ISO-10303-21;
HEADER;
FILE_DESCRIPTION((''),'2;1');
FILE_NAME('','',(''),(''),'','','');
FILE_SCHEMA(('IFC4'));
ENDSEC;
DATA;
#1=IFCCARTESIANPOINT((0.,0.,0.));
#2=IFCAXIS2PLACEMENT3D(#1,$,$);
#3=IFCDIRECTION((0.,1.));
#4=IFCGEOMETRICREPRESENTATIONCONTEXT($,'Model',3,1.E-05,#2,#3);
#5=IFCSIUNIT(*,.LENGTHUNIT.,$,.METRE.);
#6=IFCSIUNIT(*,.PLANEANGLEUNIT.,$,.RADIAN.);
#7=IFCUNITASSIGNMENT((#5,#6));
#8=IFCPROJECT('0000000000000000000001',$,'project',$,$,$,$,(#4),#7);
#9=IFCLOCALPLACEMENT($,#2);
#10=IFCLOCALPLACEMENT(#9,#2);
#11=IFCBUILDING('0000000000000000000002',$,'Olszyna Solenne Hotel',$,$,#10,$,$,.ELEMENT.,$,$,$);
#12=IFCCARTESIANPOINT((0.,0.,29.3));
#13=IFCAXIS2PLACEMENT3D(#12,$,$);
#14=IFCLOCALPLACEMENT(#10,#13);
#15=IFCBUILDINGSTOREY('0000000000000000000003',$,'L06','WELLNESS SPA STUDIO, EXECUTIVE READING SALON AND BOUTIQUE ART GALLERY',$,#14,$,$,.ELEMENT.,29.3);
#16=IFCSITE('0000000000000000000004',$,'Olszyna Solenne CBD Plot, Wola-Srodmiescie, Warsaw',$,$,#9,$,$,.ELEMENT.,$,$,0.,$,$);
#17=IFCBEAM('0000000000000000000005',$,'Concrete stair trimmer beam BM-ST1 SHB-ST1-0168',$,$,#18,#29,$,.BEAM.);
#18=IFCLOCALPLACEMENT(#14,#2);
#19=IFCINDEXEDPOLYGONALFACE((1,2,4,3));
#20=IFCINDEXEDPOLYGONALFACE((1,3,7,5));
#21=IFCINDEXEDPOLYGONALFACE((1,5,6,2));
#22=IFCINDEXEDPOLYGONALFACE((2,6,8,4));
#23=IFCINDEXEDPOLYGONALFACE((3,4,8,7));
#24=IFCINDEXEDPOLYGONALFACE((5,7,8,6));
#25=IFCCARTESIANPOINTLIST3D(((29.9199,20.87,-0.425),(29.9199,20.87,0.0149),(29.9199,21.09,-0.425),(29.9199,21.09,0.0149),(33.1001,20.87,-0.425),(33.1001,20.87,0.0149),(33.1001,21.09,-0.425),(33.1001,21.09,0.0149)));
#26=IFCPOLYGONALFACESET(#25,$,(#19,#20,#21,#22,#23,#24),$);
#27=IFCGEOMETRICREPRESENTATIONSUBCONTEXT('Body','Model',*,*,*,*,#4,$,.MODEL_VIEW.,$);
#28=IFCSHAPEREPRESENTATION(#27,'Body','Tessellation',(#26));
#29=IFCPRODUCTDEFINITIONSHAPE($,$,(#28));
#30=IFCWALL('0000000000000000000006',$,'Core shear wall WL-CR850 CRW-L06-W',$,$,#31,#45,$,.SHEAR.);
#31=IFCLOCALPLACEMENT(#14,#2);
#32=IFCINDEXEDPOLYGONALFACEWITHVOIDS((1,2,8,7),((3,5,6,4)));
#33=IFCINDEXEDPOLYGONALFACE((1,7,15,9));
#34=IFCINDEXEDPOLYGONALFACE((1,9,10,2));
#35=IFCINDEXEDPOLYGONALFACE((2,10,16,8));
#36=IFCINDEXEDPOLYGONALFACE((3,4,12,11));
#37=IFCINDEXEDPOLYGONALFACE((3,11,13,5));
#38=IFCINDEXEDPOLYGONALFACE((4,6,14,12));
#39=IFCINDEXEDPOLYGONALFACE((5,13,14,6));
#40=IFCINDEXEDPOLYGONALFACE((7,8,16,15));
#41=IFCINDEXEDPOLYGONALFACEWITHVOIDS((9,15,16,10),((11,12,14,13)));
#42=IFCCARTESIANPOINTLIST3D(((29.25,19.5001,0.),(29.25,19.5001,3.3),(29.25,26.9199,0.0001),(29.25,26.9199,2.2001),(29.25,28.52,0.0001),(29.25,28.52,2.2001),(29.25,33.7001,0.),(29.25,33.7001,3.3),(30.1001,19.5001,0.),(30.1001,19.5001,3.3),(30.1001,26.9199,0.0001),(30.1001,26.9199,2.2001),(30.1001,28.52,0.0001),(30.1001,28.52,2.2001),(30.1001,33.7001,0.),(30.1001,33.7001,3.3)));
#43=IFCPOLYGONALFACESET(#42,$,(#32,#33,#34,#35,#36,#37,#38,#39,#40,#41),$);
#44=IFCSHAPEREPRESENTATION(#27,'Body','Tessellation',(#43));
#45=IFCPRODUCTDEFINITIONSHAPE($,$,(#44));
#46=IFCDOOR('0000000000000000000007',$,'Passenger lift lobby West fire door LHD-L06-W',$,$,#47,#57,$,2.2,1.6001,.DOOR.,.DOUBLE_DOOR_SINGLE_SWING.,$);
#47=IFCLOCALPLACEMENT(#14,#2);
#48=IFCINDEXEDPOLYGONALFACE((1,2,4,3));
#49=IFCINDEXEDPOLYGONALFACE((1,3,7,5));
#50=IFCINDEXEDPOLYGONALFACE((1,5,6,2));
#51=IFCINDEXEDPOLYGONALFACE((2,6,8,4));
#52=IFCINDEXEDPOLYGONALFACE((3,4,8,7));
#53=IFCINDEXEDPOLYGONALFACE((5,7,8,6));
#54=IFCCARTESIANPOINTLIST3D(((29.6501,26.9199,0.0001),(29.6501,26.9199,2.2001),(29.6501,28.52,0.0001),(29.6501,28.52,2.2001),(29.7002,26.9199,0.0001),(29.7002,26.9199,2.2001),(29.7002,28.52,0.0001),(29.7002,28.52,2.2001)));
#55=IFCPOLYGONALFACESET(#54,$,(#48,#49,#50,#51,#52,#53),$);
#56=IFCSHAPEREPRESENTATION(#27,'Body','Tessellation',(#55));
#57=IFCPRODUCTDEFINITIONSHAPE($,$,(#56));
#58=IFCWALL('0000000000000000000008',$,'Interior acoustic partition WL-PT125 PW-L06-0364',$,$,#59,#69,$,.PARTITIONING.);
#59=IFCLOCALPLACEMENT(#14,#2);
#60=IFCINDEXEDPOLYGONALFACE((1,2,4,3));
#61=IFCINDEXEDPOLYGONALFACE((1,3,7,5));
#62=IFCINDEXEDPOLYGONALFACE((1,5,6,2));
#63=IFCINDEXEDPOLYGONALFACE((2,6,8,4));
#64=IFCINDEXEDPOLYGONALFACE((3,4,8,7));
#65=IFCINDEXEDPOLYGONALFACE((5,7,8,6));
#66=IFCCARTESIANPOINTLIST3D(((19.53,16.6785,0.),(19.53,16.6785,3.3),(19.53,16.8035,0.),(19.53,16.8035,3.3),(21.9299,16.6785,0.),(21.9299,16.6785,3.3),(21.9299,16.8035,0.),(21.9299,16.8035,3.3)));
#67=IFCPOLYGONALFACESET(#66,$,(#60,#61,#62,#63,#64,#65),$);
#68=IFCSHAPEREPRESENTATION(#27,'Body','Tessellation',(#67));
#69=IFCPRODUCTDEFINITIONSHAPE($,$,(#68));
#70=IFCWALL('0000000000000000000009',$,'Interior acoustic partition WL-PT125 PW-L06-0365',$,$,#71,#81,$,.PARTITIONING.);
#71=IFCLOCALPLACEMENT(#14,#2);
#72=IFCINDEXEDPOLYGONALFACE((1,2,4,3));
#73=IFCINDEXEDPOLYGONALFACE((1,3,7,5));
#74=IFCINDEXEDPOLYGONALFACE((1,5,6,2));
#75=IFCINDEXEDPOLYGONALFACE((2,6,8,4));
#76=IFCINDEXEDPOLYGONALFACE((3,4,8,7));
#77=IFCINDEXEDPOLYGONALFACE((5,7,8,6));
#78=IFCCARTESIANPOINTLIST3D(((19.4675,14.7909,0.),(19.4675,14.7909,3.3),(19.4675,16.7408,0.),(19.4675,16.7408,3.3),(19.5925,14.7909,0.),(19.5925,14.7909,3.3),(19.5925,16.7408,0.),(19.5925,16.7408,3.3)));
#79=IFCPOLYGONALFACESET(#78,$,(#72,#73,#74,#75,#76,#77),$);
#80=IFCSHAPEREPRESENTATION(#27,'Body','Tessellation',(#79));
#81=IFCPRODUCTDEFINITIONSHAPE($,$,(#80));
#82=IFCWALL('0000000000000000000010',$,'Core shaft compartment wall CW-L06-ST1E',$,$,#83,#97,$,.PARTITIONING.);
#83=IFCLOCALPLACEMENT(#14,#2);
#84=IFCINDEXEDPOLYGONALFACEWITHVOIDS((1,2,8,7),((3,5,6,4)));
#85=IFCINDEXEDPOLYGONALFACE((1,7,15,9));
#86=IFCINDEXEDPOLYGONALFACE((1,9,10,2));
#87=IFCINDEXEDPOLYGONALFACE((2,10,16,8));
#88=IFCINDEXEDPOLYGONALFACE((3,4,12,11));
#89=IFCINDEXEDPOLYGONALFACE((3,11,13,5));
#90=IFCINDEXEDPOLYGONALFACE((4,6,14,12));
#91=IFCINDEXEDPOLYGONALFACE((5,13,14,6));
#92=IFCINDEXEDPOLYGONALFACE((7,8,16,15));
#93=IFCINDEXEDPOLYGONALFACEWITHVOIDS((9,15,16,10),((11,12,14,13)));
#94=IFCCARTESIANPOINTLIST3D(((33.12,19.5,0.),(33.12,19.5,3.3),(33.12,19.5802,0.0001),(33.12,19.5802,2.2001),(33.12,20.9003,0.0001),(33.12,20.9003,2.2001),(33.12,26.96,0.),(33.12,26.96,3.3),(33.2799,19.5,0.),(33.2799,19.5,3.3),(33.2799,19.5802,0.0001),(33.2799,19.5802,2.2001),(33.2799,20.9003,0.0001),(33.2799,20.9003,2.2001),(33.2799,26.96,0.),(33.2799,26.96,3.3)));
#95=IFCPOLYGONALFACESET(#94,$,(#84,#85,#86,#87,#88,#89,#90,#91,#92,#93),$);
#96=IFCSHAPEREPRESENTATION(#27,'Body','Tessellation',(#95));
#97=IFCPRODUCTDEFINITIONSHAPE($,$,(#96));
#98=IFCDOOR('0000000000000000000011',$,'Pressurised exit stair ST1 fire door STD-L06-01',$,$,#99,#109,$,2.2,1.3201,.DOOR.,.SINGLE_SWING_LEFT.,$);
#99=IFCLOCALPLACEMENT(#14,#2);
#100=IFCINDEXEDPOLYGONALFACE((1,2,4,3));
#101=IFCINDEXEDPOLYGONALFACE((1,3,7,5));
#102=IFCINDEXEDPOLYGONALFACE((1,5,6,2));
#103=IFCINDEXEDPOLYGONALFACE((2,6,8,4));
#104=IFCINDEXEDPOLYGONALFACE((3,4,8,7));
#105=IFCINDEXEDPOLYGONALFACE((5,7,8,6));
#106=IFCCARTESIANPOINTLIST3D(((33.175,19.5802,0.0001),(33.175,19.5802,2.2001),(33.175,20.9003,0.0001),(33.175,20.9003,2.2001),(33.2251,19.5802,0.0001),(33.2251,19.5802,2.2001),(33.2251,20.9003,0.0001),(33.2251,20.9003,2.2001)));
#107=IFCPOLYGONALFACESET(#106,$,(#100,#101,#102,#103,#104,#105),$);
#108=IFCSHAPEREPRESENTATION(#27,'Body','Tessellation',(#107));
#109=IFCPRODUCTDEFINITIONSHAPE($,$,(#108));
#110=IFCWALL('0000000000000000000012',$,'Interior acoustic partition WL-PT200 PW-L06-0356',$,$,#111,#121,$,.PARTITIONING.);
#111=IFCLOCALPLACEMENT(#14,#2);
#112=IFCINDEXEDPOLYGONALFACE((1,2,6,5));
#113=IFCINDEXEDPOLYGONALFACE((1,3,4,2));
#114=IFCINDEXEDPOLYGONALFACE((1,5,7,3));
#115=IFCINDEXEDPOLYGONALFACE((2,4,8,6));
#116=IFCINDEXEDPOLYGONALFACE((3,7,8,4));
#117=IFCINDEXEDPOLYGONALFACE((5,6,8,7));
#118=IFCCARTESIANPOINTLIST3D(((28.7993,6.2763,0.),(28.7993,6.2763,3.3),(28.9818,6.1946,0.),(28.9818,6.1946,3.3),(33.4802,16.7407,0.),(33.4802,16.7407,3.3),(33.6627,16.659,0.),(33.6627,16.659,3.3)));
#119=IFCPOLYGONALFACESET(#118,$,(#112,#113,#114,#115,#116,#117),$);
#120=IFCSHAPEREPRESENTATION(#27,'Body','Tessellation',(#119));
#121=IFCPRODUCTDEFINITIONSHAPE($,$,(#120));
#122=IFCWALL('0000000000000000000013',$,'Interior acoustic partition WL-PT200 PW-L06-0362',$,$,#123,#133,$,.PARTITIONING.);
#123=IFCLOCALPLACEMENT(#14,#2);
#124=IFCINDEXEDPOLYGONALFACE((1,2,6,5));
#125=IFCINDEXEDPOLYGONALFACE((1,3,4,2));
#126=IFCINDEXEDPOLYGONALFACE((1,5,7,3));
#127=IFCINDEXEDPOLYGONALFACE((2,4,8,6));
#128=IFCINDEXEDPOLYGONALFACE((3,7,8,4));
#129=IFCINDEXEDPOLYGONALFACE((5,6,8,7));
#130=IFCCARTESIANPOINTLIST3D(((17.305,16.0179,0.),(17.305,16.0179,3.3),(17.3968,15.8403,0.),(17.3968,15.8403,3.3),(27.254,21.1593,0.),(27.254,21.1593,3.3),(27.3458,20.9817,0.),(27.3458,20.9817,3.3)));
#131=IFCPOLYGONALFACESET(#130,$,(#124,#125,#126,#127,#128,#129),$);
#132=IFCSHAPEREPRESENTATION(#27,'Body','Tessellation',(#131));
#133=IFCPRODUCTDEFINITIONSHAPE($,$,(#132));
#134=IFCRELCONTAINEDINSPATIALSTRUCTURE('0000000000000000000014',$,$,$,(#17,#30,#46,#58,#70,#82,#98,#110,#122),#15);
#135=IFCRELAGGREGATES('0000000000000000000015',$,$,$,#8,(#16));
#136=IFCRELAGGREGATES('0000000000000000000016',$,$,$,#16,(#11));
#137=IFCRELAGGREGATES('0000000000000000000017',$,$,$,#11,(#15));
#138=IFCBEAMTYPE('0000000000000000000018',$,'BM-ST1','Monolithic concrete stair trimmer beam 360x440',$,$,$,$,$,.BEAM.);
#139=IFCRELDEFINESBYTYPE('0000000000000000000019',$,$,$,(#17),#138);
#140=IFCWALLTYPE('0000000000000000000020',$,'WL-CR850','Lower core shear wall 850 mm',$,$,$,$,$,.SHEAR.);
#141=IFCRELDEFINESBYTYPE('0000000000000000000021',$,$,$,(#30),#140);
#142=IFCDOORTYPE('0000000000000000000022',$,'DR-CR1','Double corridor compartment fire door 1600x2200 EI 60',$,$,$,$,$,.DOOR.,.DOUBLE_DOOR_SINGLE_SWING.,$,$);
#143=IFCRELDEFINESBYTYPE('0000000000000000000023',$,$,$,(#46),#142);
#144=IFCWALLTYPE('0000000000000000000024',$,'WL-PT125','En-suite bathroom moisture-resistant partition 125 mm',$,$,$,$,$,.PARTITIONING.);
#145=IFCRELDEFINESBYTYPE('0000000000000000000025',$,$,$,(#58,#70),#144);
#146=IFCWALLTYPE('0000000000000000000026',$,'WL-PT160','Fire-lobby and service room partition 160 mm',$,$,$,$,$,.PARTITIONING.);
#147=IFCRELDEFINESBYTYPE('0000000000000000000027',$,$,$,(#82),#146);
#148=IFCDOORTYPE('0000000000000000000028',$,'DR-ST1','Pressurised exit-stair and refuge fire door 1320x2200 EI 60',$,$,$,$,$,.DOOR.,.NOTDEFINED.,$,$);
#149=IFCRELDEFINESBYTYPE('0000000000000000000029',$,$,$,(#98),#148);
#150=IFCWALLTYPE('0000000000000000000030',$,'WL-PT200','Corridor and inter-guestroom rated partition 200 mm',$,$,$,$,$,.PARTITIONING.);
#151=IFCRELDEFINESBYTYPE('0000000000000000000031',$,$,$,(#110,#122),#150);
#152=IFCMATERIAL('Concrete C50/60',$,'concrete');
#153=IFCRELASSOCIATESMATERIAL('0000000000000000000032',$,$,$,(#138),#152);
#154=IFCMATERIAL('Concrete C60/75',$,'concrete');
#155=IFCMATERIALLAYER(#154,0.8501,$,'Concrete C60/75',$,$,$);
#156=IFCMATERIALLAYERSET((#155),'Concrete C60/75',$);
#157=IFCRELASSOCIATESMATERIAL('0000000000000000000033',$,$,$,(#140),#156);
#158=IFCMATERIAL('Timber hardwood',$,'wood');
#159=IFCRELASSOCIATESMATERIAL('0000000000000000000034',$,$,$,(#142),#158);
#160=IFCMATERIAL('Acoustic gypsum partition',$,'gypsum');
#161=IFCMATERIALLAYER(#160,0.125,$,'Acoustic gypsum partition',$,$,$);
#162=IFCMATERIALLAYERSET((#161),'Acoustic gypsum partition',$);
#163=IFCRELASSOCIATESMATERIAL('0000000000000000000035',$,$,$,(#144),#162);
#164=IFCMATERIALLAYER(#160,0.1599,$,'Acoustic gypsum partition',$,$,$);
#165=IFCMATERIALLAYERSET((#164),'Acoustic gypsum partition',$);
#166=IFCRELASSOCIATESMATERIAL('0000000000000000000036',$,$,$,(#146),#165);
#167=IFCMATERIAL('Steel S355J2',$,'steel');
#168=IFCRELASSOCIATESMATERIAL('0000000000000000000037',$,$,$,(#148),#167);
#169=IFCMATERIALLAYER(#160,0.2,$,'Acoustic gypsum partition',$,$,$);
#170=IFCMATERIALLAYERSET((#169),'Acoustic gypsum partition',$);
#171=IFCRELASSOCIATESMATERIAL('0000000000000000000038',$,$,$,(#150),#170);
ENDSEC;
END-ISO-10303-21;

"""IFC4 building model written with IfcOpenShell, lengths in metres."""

from ifc_helpers import new_model, si_unit, direction, frame, frame_2d, origin, origin_2d, place, context, subcontext, project, spatial, rectangle, extrude, source, transform, mapped, material, layer, layer_set, material_profile, profile_set, type_object, type_shapes, element, fill, save


model = new_model("IFC4")

# Units and contexts
model_context = context("Model", 3, precision=1e-05, world=origin(), true_north=direction((0.0, 1.0)))
body_context = subcontext(model_context, "Body", "Model", "MODEL_VIEW")
ifc_project = project(units=[si_unit("LENGTHUNIT", "METRE"), si_unit("PLANEANGLEUNIT", "RADIAN")], contexts=[model_context])

# Site, building, storey
site_placement = place(None, origin())
site = spatial("IfcSite", under=ifc_project, at=site_placement, Name="Olszyna Solenne CBD Plot, Wola-Srodmiescie, Warsaw", CompositionType="ELEMENT", RefElevation=0.0)
building_placement = place(site_placement, origin())
building = spatial("IfcBuilding", under=site, at=building_placement, Name="Olszyna Solenne Hotel", CompositionType="ELEMENT")
storey_placement = place(building_placement, frame((0.0, 0.0, 29.3)))
storey = spatial("IfcBuildingStorey", under=building, at=storey_placement, Name="L06", Description="WELLNESS SPA STUDIO, EXECUTIVE READING SALON AND BOUTIQUE ART GALLERY", CompositionType="ELEMENT", Elevation=29.3)

# Beam
ifc_material_1 = material(Name="Concrete C50/60", Category="concrete")
ifc_material_profile = material_profile(ifc_material_1, rectangle(XDim=0.22, YDim=0.4399, at=origin_2d()), Name="RC 220x440", Category="load-bearing")
ifc_profile_set = profile_set([ifc_material_profile], Name="Concrete C50/60")
beam_type = type_object("IfcBeamType", Name="BM-ST1", Description="Monolithic concrete stair trimmer beam 360x440", PredefinedType="BEAM", material=ifc_profile_set)
shared_shape_1 = source(origin(), body_context, "Body", "SweptSolid", [
    extrude(rectangle(XDim=0.22, YDim=0.4399, at=origin_2d()), origin(), (0.0, 0.0, 1.0), 3.1802),
])
beam_placement = place(storey_placement, frame((33.1001, 20.98, -0.2051), z_axis=(-1.0, 0.0, 0.0), x_axis=(0.0, -1.0, 0.0)))
element("IfcBeam", 1, at=beam_placement, inside=storey, type_object=beam_type, Name="Concrete stair trimmer beam BM-ST1 SHB-ST1-0168", PredefinedType="BEAM", context=body_context, shape_type="MappedRepresentation", body=[
    mapped(shared_shape_1, transform((0.0, 0.0, 0.0), x_axis=(1.0, 0.0, 0.0), y_axis=(0.0, 1.0, 0.0), z_axis=(0.0, 0.0, 1.0), scale=1.0)),
])

# Wall, opening, door
ifc_material_2 = material(Name="Concrete C60/75", Category="concrete")
ifc_layer_1 = layer(ifc_material_2, 0.8501, Name="Concrete C60/75")
ifc_layer_set_1 = layer_set([ifc_layer_1], Name="Concrete C60/75")
wall_type_1 = type_object("IfcWallType", Name="WL-CR850", Description="Lower core shear wall 850 mm", PredefinedType="SHEAR", material=ifc_layer_set_1)
wall_1_placement = place(storey_placement, frame((29.675, 19.5, 0.0), z_axis=(0.0, 0.0, 1.0), x_axis=(0.0, 1.0, 0.0)))
wall_1 = element("IfcWall", 2, at=wall_1_placement, inside=storey, type_object=wall_type_1, Name="Core shear wall WL-CR850 CRW-L06-W", PredefinedType="SHEAR", context=body_context, shape_type="SweptSolid", body=[
    extrude(rectangle(XDim=14.2, YDim=0.8501, at=frame_2d((7.1001, 0.0))), origin(), (0.0, 0.0, 1.0), 3.3),
])
opening_1_placement = place(wall_1_placement, frame((7.4199, 0.0, 0.0)))
opening_1 = element("IfcOpeningElement", 3, at=opening_1_placement, cuts=wall_1, PredefinedType="OPENING", context=body_context, shape_type="SweptSolid", body=[
    extrude(rectangle(XDim=1.6001, YDim=2.2, at=frame_2d((0.8, 1.1001))), frame((0.0, 0.4351, 0.0), z_axis=(0.0, -1.0, 0.0), x_axis=(1.0, 0.0, 0.0)), (0.0, 0.0, 1.0), 0.8701),
])
ifc_material_3 = material(Name="Timber hardwood", Category="wood")
door_type_1 = type_object("IfcDoorType", Name="DR-CR1", Description="Double corridor compartment fire door 1600x2200 EI 60", OperationType="DOUBLE_DOOR_SINGLE_SWING", PredefinedType="DOOR", material=ifc_material_3)
shared_shape_2 = source(origin(), body_context, "Body", "SweptSolid", [
    extrude(rectangle(XDim=1.6001, YDim=2.2, at=frame_2d((0.8, 1.1001))), frame((0.0, 0.0249, 0.0), z_axis=(0.0, -1.0, 0.0), x_axis=(1.0, 0.0, 0.0)), (0.0, 0.0, 1.0), 0.05),
])
type_shapes(door_type_1, [shared_shape_2])
door_1_placement = place(opening_1_placement, origin())
door_1 = element("IfcDoor", 4, at=door_1_placement, inside=storey, type_object=door_type_1, Name="Passenger lift lobby West fire door LHD-L06-W", OperationType="DOUBLE_DOOR_SINGLE_SWING", OverallHeight=2.2, OverallWidth=1.6001, PredefinedType="DOOR", context=body_context, shape_type="MappedRepresentation", body=[
    mapped(shared_shape_2, transform((0.0, 0.0, 0.0), x_axis=(1.0, 0.0, 0.0), y_axis=(0.0, 1.0, 0.0), z_axis=(0.0, 0.0, 1.0), scale=1.0)),
])
fill(opening_1, door_1)

# Walls
ifc_material_4 = material(Name="Acoustic gypsum partition", Category="gypsum")
ifc_layer_2 = layer(ifc_material_4, 0.125, Name="Acoustic gypsum partition")
ifc_layer_set_2 = layer_set([ifc_layer_2], Name="Acoustic gypsum partition")
wall_type_2 = type_object("IfcWallType", Name="WL-PT125", Description="En-suite bathroom moisture-resistant partition 125 mm", PredefinedType="PARTITIONING", material=ifc_layer_set_2)
wall_2_placement = place(storey_placement, frame((21.9299, 16.741, 0.0), z_axis=(0.0, 0.0, 1.0), x_axis=(-1.0, 0.0, 0.0)))
element("IfcWall", 5, at=wall_2_placement, inside=storey, type_object=wall_type_2, Name="Interior acoustic partition WL-PT125 PW-L06-0364", PredefinedType="PARTITIONING", context=body_context, shape_type="SweptSolid", body=[
    extrude(rectangle(XDim=2.3999, YDim=0.125, at=frame_2d((1.2, 0.0))), origin(), (0.0, 0.0, 1.0), 3.3),
])
wall_3_placement = place(storey_placement, frame((19.53, 16.741, 0.0), z_axis=(0.0, 0.0, 1.0), x_axis=(0.0, -1.0, 0.0)))
element("IfcWall", 6, at=wall_3_placement, inside=storey, type_object=wall_type_2, Name="Interior acoustic partition WL-PT125 PW-L06-0365", PredefinedType="PARTITIONING", context=body_context, shape_type="SweptSolid", body=[
    extrude(rectangle(XDim=1.95, YDim=0.125, at=frame_2d((0.9751, 0.0))), origin(), (0.0, 0.0, 1.0), 3.3),
])

# Wall, opening, door
ifc_layer_3 = layer(ifc_material_4, 0.1599, Name="Acoustic gypsum partition")
ifc_layer_set_3 = layer_set([ifc_layer_3], Name="Acoustic gypsum partition")
wall_type_3 = type_object("IfcWallType", Name="WL-PT160", Description="Fire-lobby and service room partition 160 mm", PredefinedType="PARTITIONING", material=ifc_layer_set_3)
wall_4_placement = place(storey_placement, frame((33.2, 19.5, 0.0), z_axis=(0.0, 0.0, 1.0), x_axis=(0.0, 1.0, 0.0)))
wall_4 = element("IfcWall", 7, at=wall_4_placement, inside=storey, type_object=wall_type_3, Name="Core shaft compartment wall CW-L06-ST1E", PredefinedType="PARTITIONING", context=body_context, shape_type="SweptSolid", body=[
    extrude(rectangle(XDim=7.46, YDim=0.1599, at=frame_2d((3.73, 0.0))), origin(), (0.0, 0.0, 1.0), 3.3),
])
opening_2_placement = place(wall_4_placement, frame((0.0801, 0.0, 0.0)))
opening_2 = element("IfcOpeningElement", 8, at=opening_2_placement, cuts=wall_4, PredefinedType="OPENING", context=body_context, shape_type="SweptSolid", body=[
    extrude(rectangle(XDim=1.3201, YDim=2.2, at=frame_2d((0.6602, 1.1001))), frame((0.0, 0.0898, 0.0), z_axis=(0.0, -1.0, 0.0), x_axis=(1.0, 0.0, 0.0)), (0.0, 0.0, 1.0), 0.1799),
])
ifc_material_5 = material(Name="Steel S355J2", Category="steel")
door_type_2 = type_object("IfcDoorType", Name="DR-ST1", Description="Pressurised exit-stair and refuge fire door 1320x2200 EI 60", OperationType="NOTDEFINED", PredefinedType="DOOR", material=ifc_material_5)
shared_shape_3 = source(origin(), body_context, "Body", "SweptSolid", [
    extrude(rectangle(XDim=1.3201, YDim=2.2, at=frame_2d((0.6602, 1.1001))), frame((0.0, 0.0249, 0.0), z_axis=(0.0, -1.0, 0.0), x_axis=(1.0, 0.0, 0.0)), (0.0, 0.0, 1.0), 0.05),
])
type_shapes(door_type_2, [shared_shape_3])
door_2_placement = place(opening_2_placement, origin())
door_2 = element("IfcDoor", 9, at=door_2_placement, inside=storey, type_object=door_type_2, Name="Pressurised exit stair ST1 fire door STD-L06-01", OperationType="SINGLE_SWING_LEFT", OverallHeight=2.2, OverallWidth=1.3201, PredefinedType="DOOR", context=body_context, shape_type="MappedRepresentation", body=[
    mapped(shared_shape_3, transform((0.0, 0.0, 0.0), x_axis=(1.0, 0.0, 0.0), y_axis=(0.0, 1.0, 0.0), z_axis=(0.0, 0.0, 1.0), scale=1.0)),
])
fill(opening_2, door_2)

# Walls
ifc_layer_4 = layer(ifc_material_4, 0.2, Name="Acoustic gypsum partition")
ifc_layer_set_4 = layer_set([ifc_layer_4], Name="Acoustic gypsum partition")
wall_type_4 = type_object("IfcWallType", Name="WL-PT200", Description="Corridor and inter-guestroom rated partition 200 mm", PredefinedType="PARTITIONING", material=ifc_layer_set_4)
wall_5_placement = place(storey_placement, frame((33.5715, 16.7, 0.0), z_axis=(0.0, 0.0, 1.0), x_axis=(-0.408329, -0.912835, 0.0)))
element("IfcWall", 10, at=wall_5_placement, inside=storey, type_object=wall_type_4, Name="Interior acoustic partition WL-PT200 PW-L06-0356", PredefinedType="PARTITIONING", context=body_context, shape_type="SweptSolid", body=[
    extrude(rectangle(XDim=11.4636, YDim=0.2, at=frame_2d((5.7319, 0.0))), origin(), (0.0, 0.0, 1.0), 3.3),
])
wall_6_placement = place(storey_placement, frame((27.3, 21.0706, 0.0), z_axis=(0.0, 0.0, 1.0), x_axis=(-0.888388, -0.459094, 0.0)))
element("IfcWall", 11, at=wall_6_placement, inside=storey, type_object=wall_type_4, Name="Interior acoustic partition WL-PT200 PW-L06-0362", PredefinedType="PARTITIONING", context=body_context, shape_type="SweptSolid", body=[
    extrude(rectangle(XDim=11.199, YDim=0.2, at=frame_2d((5.5996, 0.0))), origin(), (0.0, 0.0, 1.0), 3.3),
])

save(model, "model.ifc")
